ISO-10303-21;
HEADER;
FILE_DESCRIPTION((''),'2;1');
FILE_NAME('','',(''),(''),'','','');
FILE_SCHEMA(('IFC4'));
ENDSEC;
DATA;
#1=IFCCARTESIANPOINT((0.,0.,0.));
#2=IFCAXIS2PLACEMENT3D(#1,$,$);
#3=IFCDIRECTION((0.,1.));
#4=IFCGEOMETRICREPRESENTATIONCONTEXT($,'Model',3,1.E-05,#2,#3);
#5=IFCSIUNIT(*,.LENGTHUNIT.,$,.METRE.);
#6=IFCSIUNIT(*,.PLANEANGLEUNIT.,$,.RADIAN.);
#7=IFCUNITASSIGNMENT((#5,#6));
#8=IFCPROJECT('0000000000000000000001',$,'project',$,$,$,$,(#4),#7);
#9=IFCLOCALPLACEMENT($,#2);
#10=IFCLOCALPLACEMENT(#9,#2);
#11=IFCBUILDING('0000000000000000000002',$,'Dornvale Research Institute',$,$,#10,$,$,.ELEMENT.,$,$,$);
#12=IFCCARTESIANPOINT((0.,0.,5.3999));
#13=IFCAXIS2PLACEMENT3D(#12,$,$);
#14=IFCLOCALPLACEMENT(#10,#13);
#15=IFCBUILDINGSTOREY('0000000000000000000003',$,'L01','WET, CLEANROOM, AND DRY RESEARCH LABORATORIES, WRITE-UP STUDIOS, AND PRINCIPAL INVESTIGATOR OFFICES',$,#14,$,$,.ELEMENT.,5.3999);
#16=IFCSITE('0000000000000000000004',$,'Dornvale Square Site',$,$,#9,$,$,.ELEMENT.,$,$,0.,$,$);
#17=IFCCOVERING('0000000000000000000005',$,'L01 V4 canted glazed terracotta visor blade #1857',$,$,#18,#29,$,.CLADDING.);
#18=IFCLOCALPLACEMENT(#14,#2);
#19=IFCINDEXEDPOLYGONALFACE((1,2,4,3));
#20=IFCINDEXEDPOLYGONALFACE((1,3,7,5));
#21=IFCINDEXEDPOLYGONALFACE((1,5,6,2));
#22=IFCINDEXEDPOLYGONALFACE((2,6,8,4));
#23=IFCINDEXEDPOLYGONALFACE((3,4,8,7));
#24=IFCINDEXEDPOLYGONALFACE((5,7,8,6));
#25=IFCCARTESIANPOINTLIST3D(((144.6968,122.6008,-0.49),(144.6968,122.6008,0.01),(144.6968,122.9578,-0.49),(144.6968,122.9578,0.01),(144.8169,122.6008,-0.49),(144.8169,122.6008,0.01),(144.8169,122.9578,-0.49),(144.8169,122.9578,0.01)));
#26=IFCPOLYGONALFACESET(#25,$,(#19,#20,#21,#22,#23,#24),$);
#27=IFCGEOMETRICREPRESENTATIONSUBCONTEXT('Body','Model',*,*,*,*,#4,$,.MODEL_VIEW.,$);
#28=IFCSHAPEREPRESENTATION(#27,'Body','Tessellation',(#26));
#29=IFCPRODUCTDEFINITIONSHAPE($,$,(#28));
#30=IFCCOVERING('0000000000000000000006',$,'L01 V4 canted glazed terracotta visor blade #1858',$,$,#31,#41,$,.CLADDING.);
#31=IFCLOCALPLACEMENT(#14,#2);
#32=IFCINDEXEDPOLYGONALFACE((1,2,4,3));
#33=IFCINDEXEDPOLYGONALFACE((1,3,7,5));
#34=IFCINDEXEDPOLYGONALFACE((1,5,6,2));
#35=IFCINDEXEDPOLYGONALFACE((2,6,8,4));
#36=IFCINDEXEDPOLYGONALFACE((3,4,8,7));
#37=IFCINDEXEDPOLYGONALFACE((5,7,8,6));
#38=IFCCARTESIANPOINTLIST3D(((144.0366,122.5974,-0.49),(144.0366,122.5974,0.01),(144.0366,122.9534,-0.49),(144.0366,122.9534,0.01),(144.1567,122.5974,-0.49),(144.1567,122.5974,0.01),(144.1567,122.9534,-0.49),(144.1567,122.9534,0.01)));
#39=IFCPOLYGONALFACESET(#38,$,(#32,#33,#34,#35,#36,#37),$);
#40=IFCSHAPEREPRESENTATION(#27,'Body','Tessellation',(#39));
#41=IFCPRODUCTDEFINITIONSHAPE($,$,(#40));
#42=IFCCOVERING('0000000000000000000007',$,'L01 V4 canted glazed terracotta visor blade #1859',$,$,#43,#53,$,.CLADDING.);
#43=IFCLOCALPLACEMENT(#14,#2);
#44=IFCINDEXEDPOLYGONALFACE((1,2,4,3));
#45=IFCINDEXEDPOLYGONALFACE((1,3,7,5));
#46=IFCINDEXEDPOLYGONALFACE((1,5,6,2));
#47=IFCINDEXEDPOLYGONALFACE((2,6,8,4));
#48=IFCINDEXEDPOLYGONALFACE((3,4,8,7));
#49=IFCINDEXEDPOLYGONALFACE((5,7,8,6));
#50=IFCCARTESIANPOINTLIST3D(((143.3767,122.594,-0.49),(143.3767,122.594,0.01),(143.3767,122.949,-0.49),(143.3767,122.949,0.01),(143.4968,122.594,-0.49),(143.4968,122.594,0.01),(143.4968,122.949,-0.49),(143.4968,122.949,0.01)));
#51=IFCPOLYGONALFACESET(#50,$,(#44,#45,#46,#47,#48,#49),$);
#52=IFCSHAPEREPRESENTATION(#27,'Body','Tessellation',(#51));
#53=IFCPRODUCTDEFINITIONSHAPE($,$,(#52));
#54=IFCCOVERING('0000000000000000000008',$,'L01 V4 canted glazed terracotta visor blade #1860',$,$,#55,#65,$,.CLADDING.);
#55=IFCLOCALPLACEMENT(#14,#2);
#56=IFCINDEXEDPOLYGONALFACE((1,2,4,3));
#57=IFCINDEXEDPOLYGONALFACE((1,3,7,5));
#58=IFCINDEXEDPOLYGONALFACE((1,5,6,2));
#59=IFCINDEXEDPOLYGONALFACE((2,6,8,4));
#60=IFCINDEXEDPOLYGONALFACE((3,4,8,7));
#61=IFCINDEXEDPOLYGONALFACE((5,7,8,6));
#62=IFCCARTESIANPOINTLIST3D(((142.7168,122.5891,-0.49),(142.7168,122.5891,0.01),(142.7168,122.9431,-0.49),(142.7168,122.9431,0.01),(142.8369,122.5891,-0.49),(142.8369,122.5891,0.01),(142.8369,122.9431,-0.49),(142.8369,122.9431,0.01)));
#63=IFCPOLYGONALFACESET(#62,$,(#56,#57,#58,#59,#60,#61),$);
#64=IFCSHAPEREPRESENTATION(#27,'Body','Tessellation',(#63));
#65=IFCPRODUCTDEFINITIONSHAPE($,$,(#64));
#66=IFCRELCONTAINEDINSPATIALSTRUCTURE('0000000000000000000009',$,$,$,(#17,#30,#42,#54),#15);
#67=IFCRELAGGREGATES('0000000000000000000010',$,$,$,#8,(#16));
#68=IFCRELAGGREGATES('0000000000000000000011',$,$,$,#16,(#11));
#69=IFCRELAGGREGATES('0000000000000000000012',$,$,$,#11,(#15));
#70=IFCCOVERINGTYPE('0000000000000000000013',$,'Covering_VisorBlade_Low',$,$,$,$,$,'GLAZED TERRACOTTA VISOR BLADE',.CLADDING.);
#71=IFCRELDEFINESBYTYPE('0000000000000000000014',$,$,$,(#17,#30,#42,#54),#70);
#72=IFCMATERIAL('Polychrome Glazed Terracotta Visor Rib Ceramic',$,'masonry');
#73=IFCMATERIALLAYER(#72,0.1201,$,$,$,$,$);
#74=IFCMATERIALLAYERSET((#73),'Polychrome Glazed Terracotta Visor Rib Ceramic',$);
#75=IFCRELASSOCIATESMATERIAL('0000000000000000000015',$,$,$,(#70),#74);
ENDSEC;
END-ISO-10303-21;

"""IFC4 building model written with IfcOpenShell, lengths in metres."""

from ifc_helpers import new_model, si_unit, direction, frame, origin, origin_2d, place, context, subcontext, project, spatial, rectangle, extrude, material, layer, layer_set, type_object, element, save


model = new_model("IFC4")

# Units and contexts
model_context = context("Model", 3, precision=1e-05, world=origin(), true_north=direction((0.0, 1.0)))
body_context = subcontext(model_context, "Body", "Model", "MODEL_VIEW")
ifc_project = project(units=[si_unit("LENGTHUNIT", "METRE"), si_unit("PLANEANGLEUNIT", "RADIAN")], contexts=[model_context])

# Site, building, storey
site_placement = place(None, origin())
site = spatial("IfcSite", under=ifc_project, at=site_placement, Name="Dornvale Square Site", CompositionType="ELEMENT", RefElevation=0.0)
building_placement = place(site_placement, origin())
building = spatial("IfcBuilding", under=site, at=building_placement, Name="Dornvale Research Institute", CompositionType="ELEMENT")
storey_placement = place(building_placement, frame((0.0, 0.0, 5.3999)))
storey = spatial("IfcBuildingStorey", under=building, at=storey_placement, Name="L01", Description="WET, CLEANROOM, AND DRY RESEARCH LABORATORIES, WRITE-UP STUDIOS, AND PRINCIPAL INVESTIGATOR OFFICES", CompositionType="ELEMENT", Elevation=5.3999)

# Coverings
ifc_material_1 = material(Name="Polychrome Glazed Terracotta Visor Rib Ceramic", Category="masonry")
ifc_layer_1 = layer(ifc_material_1, 0.1201)
ifc_layer_set_1 = layer_set([ifc_layer_1], Name="Polychrome Glazed Terracotta Visor Rib Ceramic")
covering_type = type_object("IfcCoveringType", Name="Covering_VisorBlade_Low", ElementType="GLAZED TERRACOTTA VISOR BLADE", PredefinedType="CLADDING", material=ifc_layer_set_1)
covering_1_placement = place(storey_placement, frame((144.7568, 122.7793, -0.49), z_axis=(0.0, 0.0, 1.0), x_axis=(0.0, 1.0, 0.0)))
element("IfcCovering", 1, at=covering_1_placement, inside=storey, type_object=covering_type, Name="L01 V4 canted glazed terracotta visor blade #1857", PredefinedType="CLADDING", context=body_context, shape_type="SweptSolid", body=[
    extrude(rectangle(XDim=0.3569, YDim=0.1201, at=origin_2d()), origin(), (0.0, 0.0, 1.0), 0.5),
])
covering_2_placement = place(storey_placement, frame((144.0967, 122.7754, -0.49), z_axis=(0.0, 0.0, 1.0), x_axis=(0.0, 1.0, 0.0)))
element("IfcCovering", 2, at=covering_2_placement, inside=storey, type_object=covering_type, Name="L01 V4 canted glazed terracotta visor blade #1858", PredefinedType="CLADDING", context=body_context, shape_type="SweptSolid", body=[
    extrude(rectangle(XDim=0.356, YDim=0.1201, at=origin_2d()), origin(), (0.0, 0.0, 1.0), 0.5),
])
covering_3_placement = place(storey_placement, frame((143.4368, 122.7715, -0.49), z_axis=(0.0, 0.0, 1.0), x_axis=(0.0, 1.0, 0.0)))
element("IfcCovering", 3, at=covering_3_placement, inside=storey, type_object=covering_type, Name="L01 V4 canted glazed terracotta visor blade #1859", PredefinedType="CLADDING", context=body_context, shape_type="SweptSolid", body=[
    extrude(rectangle(XDim=0.355, YDim=0.1201, at=origin_2d()), origin(), (0.0, 0.0, 1.0), 0.5),
])
covering_4_placement = place(storey_placement, frame((142.7769, 122.7661, -0.49), z_axis=(0.0, 0.0, 1.0), x_axis=(0.0, 1.0, 0.0)))
element("IfcCovering", 4, at=covering_4_placement, inside=storey, type_object=covering_type, Name="L01 V4 canted glazed terracotta visor blade #1860", PredefinedType="CLADDING", context=body_context, shape_type="SweptSolid", body=[
    extrude(rectangle(XDim=0.354, YDim=0.1201, at=origin_2d()), origin(), (0.0, 0.0, 1.0), 0.5),
])

save(model, "model.ifc")
